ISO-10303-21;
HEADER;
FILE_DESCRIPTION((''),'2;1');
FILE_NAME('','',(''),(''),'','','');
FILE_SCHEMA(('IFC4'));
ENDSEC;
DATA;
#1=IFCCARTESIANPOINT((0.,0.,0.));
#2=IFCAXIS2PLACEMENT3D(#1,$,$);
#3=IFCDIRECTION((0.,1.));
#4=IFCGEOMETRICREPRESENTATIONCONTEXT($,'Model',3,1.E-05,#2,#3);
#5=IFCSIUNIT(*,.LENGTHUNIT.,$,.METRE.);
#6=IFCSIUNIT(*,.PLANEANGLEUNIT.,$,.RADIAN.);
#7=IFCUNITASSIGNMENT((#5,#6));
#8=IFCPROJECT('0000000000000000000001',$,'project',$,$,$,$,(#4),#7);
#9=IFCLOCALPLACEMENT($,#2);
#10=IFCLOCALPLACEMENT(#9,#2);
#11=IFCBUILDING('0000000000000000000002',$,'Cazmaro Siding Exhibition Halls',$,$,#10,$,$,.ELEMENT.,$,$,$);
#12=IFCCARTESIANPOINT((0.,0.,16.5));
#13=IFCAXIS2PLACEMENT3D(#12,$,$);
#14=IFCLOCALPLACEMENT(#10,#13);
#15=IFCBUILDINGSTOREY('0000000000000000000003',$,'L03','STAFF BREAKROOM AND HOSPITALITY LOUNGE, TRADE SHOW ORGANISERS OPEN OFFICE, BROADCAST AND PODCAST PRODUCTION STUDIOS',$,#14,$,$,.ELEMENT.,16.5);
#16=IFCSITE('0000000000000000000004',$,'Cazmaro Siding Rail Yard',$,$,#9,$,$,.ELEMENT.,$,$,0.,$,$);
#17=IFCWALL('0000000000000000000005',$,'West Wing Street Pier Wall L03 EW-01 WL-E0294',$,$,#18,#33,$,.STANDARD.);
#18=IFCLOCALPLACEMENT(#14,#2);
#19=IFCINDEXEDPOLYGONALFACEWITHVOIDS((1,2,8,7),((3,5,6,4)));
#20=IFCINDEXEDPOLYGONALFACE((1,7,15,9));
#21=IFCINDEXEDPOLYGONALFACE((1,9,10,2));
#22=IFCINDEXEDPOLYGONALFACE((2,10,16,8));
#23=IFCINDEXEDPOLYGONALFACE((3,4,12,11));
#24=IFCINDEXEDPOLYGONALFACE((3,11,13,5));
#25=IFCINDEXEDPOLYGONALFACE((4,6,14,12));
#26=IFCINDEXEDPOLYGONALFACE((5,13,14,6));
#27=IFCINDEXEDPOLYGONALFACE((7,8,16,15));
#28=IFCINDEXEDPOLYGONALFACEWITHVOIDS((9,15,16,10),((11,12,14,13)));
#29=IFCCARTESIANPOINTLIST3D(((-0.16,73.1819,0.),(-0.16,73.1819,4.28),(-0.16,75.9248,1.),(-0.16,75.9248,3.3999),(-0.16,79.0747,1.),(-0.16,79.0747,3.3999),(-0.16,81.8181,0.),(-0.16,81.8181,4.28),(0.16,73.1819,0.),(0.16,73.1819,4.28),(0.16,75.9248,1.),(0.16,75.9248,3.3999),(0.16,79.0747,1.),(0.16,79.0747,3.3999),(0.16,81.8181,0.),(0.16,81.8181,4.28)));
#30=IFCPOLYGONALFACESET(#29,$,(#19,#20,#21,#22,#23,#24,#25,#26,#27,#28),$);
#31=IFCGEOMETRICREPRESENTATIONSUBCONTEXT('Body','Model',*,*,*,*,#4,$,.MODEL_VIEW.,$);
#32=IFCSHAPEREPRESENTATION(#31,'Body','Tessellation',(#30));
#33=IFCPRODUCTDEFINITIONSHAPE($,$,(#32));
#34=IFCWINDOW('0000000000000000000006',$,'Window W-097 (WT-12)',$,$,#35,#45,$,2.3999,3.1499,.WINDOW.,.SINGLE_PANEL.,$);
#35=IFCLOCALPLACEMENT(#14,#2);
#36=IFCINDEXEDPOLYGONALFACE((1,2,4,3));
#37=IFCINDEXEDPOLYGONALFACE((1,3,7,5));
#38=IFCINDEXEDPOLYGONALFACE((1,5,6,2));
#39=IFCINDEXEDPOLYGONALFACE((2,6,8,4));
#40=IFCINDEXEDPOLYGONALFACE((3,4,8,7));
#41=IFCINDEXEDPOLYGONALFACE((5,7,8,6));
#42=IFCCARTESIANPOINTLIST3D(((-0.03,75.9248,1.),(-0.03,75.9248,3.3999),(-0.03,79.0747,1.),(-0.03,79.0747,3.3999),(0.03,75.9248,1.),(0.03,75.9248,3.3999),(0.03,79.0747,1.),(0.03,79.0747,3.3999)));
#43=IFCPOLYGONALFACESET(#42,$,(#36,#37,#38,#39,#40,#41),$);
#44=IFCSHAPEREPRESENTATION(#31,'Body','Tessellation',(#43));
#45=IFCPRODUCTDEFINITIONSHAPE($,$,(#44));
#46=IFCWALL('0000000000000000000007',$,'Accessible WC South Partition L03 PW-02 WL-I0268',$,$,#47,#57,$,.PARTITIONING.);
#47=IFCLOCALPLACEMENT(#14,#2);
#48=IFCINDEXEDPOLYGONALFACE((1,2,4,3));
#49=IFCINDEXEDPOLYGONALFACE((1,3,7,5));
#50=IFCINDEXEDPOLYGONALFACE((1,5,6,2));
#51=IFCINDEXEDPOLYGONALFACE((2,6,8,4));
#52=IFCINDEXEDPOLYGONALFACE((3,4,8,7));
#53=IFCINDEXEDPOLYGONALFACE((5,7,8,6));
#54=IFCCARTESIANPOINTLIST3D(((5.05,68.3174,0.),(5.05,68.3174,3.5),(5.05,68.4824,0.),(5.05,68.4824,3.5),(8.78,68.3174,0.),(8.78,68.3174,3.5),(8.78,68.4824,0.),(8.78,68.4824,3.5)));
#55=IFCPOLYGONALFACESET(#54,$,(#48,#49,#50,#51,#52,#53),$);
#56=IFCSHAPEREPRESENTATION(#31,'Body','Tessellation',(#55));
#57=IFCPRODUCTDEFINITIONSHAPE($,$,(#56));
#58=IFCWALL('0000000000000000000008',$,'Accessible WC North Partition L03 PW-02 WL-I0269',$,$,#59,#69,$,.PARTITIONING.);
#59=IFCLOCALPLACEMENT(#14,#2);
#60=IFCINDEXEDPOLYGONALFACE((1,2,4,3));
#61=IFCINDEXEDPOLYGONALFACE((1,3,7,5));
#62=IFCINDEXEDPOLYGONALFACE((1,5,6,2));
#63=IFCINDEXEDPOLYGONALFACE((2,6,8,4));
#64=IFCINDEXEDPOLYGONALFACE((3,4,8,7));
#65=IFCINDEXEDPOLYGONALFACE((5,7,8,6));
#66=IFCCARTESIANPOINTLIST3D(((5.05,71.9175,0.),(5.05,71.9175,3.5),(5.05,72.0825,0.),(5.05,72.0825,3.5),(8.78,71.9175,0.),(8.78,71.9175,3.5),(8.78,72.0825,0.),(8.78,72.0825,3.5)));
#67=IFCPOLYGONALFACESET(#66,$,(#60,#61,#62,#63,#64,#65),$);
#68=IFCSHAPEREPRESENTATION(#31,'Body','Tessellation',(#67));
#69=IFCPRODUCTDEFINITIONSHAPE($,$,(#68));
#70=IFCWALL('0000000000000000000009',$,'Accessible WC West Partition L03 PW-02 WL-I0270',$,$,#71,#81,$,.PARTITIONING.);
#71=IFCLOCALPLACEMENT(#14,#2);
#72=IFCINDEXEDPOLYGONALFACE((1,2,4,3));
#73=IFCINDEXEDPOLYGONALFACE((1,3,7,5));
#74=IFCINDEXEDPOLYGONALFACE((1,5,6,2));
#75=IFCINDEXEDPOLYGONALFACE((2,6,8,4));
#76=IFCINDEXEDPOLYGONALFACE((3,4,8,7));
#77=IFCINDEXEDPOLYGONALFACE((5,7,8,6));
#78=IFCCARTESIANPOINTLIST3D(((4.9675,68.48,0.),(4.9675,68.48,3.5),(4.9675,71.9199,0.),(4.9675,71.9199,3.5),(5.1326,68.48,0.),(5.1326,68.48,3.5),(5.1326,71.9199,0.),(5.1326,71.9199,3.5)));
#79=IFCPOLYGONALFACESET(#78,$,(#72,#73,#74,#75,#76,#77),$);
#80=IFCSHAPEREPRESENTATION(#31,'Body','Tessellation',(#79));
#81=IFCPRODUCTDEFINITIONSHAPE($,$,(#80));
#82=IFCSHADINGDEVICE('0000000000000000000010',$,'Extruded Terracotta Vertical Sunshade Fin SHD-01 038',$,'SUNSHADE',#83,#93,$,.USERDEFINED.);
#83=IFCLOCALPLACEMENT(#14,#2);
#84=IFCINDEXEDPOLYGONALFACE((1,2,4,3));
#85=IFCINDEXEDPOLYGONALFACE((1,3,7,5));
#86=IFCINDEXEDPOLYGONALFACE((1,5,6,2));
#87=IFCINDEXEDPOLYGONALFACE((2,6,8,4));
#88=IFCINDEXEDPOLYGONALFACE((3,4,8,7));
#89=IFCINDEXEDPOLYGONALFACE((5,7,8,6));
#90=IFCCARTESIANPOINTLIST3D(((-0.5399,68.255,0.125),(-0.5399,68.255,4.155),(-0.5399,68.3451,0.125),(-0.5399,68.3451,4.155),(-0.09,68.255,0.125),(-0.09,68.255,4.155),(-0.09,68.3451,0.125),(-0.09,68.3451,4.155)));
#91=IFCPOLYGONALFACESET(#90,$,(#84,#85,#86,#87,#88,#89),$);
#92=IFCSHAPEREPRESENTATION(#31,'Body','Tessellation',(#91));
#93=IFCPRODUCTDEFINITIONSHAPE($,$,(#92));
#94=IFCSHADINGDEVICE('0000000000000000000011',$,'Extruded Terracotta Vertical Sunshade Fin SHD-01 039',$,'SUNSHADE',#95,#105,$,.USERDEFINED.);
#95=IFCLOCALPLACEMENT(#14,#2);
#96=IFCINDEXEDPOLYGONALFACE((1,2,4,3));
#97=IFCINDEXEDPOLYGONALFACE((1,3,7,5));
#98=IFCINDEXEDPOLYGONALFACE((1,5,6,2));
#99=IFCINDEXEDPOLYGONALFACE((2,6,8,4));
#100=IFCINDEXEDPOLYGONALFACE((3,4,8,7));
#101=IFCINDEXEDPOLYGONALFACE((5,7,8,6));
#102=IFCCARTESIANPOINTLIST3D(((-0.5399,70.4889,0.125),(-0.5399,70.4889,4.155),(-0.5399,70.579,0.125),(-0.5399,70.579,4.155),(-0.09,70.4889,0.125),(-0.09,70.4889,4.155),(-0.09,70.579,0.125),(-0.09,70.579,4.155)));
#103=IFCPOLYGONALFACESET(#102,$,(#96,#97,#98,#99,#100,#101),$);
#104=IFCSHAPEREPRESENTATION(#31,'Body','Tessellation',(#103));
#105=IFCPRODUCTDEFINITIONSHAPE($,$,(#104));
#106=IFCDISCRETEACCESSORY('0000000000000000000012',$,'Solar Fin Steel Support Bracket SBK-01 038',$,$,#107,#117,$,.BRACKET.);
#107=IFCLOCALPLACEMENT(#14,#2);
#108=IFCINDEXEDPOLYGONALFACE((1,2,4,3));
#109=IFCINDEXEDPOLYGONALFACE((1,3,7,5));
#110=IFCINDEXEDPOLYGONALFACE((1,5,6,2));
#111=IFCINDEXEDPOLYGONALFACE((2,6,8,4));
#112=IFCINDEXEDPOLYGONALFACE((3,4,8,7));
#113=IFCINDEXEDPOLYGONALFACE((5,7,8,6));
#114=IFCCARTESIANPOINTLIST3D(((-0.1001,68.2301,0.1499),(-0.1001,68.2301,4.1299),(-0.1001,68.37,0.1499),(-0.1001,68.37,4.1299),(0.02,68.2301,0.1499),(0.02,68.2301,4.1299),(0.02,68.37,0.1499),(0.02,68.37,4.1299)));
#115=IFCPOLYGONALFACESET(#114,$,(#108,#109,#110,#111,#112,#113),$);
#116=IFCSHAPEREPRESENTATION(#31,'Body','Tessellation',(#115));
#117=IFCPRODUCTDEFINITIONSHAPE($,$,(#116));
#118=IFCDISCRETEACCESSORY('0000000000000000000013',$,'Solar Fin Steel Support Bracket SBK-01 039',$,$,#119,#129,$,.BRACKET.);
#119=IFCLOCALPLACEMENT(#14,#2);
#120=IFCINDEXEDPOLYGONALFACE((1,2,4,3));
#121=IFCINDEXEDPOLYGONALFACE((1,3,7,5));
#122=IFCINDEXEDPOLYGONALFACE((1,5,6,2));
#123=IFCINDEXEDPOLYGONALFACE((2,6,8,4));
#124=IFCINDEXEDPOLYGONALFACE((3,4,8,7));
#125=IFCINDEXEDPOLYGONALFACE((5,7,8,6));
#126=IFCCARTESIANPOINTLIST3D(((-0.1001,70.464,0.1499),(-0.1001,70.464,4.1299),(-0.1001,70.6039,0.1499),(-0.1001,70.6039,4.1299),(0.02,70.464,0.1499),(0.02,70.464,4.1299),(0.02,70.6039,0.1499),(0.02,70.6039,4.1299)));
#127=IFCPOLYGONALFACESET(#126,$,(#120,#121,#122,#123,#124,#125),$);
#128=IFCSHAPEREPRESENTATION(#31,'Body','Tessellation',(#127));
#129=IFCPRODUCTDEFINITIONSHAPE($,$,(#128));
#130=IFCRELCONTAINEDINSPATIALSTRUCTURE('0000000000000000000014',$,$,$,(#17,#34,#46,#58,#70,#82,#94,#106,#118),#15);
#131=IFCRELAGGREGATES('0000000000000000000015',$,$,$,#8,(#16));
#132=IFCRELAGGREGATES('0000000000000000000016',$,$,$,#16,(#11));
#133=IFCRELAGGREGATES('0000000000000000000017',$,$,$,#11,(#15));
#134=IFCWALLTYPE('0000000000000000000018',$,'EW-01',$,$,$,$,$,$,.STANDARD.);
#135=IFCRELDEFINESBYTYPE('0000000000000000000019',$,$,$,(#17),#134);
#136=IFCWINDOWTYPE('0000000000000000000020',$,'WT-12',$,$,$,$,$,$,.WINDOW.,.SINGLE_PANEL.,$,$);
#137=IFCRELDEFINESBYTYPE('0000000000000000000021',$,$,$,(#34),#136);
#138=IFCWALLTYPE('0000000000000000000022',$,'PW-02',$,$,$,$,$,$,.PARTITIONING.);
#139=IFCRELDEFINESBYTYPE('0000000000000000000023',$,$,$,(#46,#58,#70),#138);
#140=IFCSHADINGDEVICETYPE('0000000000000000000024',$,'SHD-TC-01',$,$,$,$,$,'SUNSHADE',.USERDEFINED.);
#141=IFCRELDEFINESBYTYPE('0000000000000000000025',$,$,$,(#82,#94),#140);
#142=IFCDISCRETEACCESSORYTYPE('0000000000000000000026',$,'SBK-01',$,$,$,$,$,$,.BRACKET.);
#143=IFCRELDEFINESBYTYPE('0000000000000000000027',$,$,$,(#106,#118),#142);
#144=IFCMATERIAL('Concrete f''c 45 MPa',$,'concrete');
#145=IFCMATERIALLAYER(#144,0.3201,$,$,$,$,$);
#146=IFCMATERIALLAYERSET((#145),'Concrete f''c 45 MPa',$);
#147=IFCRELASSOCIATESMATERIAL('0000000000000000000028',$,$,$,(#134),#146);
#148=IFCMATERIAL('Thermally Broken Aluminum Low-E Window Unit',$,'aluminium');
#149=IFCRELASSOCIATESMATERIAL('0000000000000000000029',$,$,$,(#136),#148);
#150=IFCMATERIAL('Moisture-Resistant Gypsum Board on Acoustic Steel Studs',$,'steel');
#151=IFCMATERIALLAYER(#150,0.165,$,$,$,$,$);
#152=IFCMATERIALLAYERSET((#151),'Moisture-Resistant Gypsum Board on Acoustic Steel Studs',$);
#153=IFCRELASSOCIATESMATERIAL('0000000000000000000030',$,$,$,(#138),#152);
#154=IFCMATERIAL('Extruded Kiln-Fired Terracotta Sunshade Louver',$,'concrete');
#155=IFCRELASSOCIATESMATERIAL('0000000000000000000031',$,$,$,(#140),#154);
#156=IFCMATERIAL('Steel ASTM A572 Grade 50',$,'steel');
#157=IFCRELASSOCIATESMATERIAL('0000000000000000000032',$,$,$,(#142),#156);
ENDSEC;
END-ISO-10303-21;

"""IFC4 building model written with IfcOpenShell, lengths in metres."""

from ifc_helpers import new_model, si_unit, direction, frame, frame_2d, origin, origin_2d, place, context, subcontext, project, spatial, rectangle, extrude, material, layer, layer_set, type_object, element, fill, save


model = new_model("IFC4")

# Units and contexts
model_context = context("Model", 3, precision=1e-05, world=origin(), true_north=direction((0.0, 1.0)))
body_context = subcontext(model_context, "Body", "Model", "MODEL_VIEW")
ifc_project = project(units=[si_unit("LENGTHUNIT", "METRE"), si_unit("PLANEANGLEUNIT", "RADIAN")], contexts=[model_context])

# Site, building, storey
site_placement = place(None, origin())
site = spatial("IfcSite", under=ifc_project, at=site_placement, Name="Cazmaro Siding Rail Yard", CompositionType="ELEMENT", RefElevation=0.0)
building_placement = place(site_placement, origin())
building = spatial("IfcBuilding", under=site, at=building_placement, Name="Cazmaro Siding Exhibition Halls", CompositionType="ELEMENT")
storey_placement = place(building_placement, frame((0.0, 0.0, 16.5)))
storey = spatial("IfcBuildingStorey", under=building, at=storey_placement, Name="L03", Description="STAFF BREAKROOM AND HOSPITALITY LOUNGE, TRADE SHOW ORGANISERS OPEN OFFICE, BROADCAST AND PODCAST PRODUCTION STUDIOS", CompositionType="ELEMENT", Elevation=16.5)

# Wall, opening, window
ifc_material_1 = material(Name="Concrete f'c 45 MPa", Category="concrete")
ifc_layer_1 = layer(ifc_material_1, 0.3201)
ifc_layer_set_1 = layer_set([ifc_layer_1], Name="Concrete f'c 45 MPa")
wall_type_1 = type_object("IfcWallType", Name="EW-01", PredefinedType="STANDARD", material=ifc_layer_set_1)
wall_1_placement = place(storey_placement, frame((0.0, 73.1819, 0.0), z_axis=(0.0, 0.0, 1.0), x_axis=(0.0, 1.0, 0.0)))
wall_1 = element("IfcWall", 1, at=wall_1_placement, inside=storey, type_object=wall_type_1, Name="West Wing Street Pier Wall L03 EW-01 WL-E0294", PredefinedType="STANDARD", context=body_context, shape_type="SweptSolid", body=[
    extrude(rectangle(XDim=8.6362, YDim=0.3201, at=frame_2d((4.3181, 0.0))), origin(), (0.0, 0.0, 1.0), 4.28),
])
opening_placement = place(wall_1_placement, frame((2.7429, 0.0, 1.0)))
opening = element("IfcOpeningElement", 2, at=opening_placement, cuts=wall_1, PredefinedType="OPENING", context=body_context, shape_type="SweptSolid", body=[
    extrude(rectangle(XDim=3.1499, YDim=2.3999, at=frame_2d((1.575, 1.2))), frame((0.0, 0.1699, 0.0), z_axis=(0.0, -1.0, 0.0), x_axis=(1.0, 0.0, 0.0)), (0.0, 0.0, 1.0), 0.3401),
])
ifc_material_2 = material(Name="Thermally Broken Aluminum Low-E Window Unit", Category="aluminium")
window_type = type_object("IfcWindowType", Name="WT-12", PartitioningType="SINGLE_PANEL", PredefinedType="WINDOW", material=ifc_material_2)
window_placement = place(opening_placement, origin())
window = element("IfcWindow", 3, at=window_placement, inside=storey, type_object=window_type, Name="Window W-097 (WT-12)", OverallHeight=2.3999, OverallWidth=3.1499, PartitioningType="SINGLE_PANEL", PredefinedType="WINDOW", context=body_context, shape_type="SweptSolid", body=[
    extrude(rectangle(XDim=3.1499, YDim=2.3999, at=frame_2d((1.575, 1.2))), frame((0.0, 0.03, 0.0), z_axis=(0.0, -1.0, 0.0), x_axis=(1.0, 0.0, 0.0)), (0.0, 0.0, 1.0), 0.0601),
])
fill(opening, window)

# Walls
ifc_material_3 = material(Name="Moisture-Resistant Gypsum Board on Acoustic Steel Studs", Category="steel")
ifc_layer_2 = layer(ifc_material_3, 0.165)
ifc_layer_set_2 = layer_set([ifc_layer_2], Name="Moisture-Resistant Gypsum Board on Acoustic Steel Studs")
wall_type_2 = type_object("IfcWallType", Name="PW-02", PredefinedType="PARTITIONING", material=ifc_layer_set_2)
for number, where, z_axis, x_axis, name in (
    (4, (5.05, 68.3999, 0.0), (0.0, 0.0, 1.0), (1.0, 0.0, 0.0), "Accessible WC South Partition L03 PW-02 WL-I0268"),
    (5, (5.05, 72.0, 0.0), (0.0, 0.0, 1.0), (1.0, 0.0, 0.0), "Accessible WC North Partition L03 PW-02 WL-I0269"),
):
    element("IfcWall", number, at=place(storey_placement, frame(where, z_axis=z_axis, x_axis=x_axis)), inside=storey, type_object=wall_type_2, Name=name, PredefinedType="PARTITIONING", context=body_context, shape_type="SweptSolid", body=[
        extrude(rectangle(XDim=3.73, YDim=0.165, at=frame_2d((1.865, 0.0))), origin(), (0.0, 0.0, 1.0), 3.5),
    ])
wall_2_placement = place(storey_placement, frame((5.05, 68.48, 0.0), z_axis=(0.0, 0.0, 1.0), x_axis=(0.0, 1.0, 0.0)))
element("IfcWall", 6, at=wall_2_placement, inside=storey, type_object=wall_type_2, Name="Accessible WC West Partition L03 PW-02 WL-I0270", PredefinedType="PARTITIONING", context=body_context, shape_type="SweptSolid", body=[
    extrude(rectangle(XDim=3.4399, YDim=0.165, at=frame_2d((1.72, 0.0))), origin(), (0.0, 0.0, 1.0), 3.5),
])

# Shading devices
ifc_material_4 = material(Name="Extruded Kiln-Fired Terracotta Sunshade Louver", Category="concrete")
shading_device_type = type_object("IfcShadingDeviceType", Name="SHD-TC-01", ElementType="SUNSHADE", PredefinedType="USERDEFINED", material=ifc_material_4)
for number, where, z_axis, x_axis, name in (
    (7, (-0.3149, 68.3, 0.125), (0.0, 0.0, 1.0), (1.0, 0.0, 0.0), "Extruded Terracotta Vertical Sunshade Fin SHD-01 038"),
    (8, (-0.3149, 70.5339, 0.125), (0.0, 0.0, 1.0), (1.0, 0.0, 0.0), "Extruded Terracotta Vertical Sunshade Fin SHD-01 039"),
):
    element("IfcShadingDevice", number, at=place(storey_placement, frame(where, z_axis=z_axis, x_axis=x_axis)), inside=storey, type_object=shading_device_type, Name=name, ObjectType="SUNSHADE", PredefinedType="USERDEFINED", context=body_context, shape_type="SweptSolid", body=[
        extrude(rectangle(XDim=0.45, YDim=0.0901, at=origin_2d()), origin(), (0.0, 0.0, 1.0), 4.03),
    ])

# Discrete accessories
ifc_material_5 = material(Name="Steel ASTM A572 Grade 50", Category="steel")
discrete_accessory_type = type_object("IfcDiscreteAccessoryType", Name="SBK-01", PredefinedType="BRACKET", material=ifc_material_5)
for number, where, z_axis, x_axis, name in (
    (9, (-0.04, 68.3, 0.1499), (0.0, 0.0, 1.0), (1.0, 0.0, 0.0), "Solar Fin Steel Support Bracket SBK-01 038"),
    (10, (-0.04, 70.5339, 0.1499), (0.0, 0.0, 1.0), (1.0, 0.0, 0.0), "Solar Fin Steel Support Bracket SBK-01 039"),
):
    element("IfcDiscreteAccessory", number, at=place(storey_placement, frame(where, z_axis=z_axis, x_axis=x_axis)), inside=storey, type_object=discrete_accessory_type, Name=name, PredefinedType="BRACKET", context=body_context, shape_type="SweptSolid", body=[
        extrude(rectangle(XDim=0.1201, YDim=0.1399, at=origin_2d()), origin(), (0.0, 0.0, 1.0), 3.98),
    ])

save(model, "model.ifc")
